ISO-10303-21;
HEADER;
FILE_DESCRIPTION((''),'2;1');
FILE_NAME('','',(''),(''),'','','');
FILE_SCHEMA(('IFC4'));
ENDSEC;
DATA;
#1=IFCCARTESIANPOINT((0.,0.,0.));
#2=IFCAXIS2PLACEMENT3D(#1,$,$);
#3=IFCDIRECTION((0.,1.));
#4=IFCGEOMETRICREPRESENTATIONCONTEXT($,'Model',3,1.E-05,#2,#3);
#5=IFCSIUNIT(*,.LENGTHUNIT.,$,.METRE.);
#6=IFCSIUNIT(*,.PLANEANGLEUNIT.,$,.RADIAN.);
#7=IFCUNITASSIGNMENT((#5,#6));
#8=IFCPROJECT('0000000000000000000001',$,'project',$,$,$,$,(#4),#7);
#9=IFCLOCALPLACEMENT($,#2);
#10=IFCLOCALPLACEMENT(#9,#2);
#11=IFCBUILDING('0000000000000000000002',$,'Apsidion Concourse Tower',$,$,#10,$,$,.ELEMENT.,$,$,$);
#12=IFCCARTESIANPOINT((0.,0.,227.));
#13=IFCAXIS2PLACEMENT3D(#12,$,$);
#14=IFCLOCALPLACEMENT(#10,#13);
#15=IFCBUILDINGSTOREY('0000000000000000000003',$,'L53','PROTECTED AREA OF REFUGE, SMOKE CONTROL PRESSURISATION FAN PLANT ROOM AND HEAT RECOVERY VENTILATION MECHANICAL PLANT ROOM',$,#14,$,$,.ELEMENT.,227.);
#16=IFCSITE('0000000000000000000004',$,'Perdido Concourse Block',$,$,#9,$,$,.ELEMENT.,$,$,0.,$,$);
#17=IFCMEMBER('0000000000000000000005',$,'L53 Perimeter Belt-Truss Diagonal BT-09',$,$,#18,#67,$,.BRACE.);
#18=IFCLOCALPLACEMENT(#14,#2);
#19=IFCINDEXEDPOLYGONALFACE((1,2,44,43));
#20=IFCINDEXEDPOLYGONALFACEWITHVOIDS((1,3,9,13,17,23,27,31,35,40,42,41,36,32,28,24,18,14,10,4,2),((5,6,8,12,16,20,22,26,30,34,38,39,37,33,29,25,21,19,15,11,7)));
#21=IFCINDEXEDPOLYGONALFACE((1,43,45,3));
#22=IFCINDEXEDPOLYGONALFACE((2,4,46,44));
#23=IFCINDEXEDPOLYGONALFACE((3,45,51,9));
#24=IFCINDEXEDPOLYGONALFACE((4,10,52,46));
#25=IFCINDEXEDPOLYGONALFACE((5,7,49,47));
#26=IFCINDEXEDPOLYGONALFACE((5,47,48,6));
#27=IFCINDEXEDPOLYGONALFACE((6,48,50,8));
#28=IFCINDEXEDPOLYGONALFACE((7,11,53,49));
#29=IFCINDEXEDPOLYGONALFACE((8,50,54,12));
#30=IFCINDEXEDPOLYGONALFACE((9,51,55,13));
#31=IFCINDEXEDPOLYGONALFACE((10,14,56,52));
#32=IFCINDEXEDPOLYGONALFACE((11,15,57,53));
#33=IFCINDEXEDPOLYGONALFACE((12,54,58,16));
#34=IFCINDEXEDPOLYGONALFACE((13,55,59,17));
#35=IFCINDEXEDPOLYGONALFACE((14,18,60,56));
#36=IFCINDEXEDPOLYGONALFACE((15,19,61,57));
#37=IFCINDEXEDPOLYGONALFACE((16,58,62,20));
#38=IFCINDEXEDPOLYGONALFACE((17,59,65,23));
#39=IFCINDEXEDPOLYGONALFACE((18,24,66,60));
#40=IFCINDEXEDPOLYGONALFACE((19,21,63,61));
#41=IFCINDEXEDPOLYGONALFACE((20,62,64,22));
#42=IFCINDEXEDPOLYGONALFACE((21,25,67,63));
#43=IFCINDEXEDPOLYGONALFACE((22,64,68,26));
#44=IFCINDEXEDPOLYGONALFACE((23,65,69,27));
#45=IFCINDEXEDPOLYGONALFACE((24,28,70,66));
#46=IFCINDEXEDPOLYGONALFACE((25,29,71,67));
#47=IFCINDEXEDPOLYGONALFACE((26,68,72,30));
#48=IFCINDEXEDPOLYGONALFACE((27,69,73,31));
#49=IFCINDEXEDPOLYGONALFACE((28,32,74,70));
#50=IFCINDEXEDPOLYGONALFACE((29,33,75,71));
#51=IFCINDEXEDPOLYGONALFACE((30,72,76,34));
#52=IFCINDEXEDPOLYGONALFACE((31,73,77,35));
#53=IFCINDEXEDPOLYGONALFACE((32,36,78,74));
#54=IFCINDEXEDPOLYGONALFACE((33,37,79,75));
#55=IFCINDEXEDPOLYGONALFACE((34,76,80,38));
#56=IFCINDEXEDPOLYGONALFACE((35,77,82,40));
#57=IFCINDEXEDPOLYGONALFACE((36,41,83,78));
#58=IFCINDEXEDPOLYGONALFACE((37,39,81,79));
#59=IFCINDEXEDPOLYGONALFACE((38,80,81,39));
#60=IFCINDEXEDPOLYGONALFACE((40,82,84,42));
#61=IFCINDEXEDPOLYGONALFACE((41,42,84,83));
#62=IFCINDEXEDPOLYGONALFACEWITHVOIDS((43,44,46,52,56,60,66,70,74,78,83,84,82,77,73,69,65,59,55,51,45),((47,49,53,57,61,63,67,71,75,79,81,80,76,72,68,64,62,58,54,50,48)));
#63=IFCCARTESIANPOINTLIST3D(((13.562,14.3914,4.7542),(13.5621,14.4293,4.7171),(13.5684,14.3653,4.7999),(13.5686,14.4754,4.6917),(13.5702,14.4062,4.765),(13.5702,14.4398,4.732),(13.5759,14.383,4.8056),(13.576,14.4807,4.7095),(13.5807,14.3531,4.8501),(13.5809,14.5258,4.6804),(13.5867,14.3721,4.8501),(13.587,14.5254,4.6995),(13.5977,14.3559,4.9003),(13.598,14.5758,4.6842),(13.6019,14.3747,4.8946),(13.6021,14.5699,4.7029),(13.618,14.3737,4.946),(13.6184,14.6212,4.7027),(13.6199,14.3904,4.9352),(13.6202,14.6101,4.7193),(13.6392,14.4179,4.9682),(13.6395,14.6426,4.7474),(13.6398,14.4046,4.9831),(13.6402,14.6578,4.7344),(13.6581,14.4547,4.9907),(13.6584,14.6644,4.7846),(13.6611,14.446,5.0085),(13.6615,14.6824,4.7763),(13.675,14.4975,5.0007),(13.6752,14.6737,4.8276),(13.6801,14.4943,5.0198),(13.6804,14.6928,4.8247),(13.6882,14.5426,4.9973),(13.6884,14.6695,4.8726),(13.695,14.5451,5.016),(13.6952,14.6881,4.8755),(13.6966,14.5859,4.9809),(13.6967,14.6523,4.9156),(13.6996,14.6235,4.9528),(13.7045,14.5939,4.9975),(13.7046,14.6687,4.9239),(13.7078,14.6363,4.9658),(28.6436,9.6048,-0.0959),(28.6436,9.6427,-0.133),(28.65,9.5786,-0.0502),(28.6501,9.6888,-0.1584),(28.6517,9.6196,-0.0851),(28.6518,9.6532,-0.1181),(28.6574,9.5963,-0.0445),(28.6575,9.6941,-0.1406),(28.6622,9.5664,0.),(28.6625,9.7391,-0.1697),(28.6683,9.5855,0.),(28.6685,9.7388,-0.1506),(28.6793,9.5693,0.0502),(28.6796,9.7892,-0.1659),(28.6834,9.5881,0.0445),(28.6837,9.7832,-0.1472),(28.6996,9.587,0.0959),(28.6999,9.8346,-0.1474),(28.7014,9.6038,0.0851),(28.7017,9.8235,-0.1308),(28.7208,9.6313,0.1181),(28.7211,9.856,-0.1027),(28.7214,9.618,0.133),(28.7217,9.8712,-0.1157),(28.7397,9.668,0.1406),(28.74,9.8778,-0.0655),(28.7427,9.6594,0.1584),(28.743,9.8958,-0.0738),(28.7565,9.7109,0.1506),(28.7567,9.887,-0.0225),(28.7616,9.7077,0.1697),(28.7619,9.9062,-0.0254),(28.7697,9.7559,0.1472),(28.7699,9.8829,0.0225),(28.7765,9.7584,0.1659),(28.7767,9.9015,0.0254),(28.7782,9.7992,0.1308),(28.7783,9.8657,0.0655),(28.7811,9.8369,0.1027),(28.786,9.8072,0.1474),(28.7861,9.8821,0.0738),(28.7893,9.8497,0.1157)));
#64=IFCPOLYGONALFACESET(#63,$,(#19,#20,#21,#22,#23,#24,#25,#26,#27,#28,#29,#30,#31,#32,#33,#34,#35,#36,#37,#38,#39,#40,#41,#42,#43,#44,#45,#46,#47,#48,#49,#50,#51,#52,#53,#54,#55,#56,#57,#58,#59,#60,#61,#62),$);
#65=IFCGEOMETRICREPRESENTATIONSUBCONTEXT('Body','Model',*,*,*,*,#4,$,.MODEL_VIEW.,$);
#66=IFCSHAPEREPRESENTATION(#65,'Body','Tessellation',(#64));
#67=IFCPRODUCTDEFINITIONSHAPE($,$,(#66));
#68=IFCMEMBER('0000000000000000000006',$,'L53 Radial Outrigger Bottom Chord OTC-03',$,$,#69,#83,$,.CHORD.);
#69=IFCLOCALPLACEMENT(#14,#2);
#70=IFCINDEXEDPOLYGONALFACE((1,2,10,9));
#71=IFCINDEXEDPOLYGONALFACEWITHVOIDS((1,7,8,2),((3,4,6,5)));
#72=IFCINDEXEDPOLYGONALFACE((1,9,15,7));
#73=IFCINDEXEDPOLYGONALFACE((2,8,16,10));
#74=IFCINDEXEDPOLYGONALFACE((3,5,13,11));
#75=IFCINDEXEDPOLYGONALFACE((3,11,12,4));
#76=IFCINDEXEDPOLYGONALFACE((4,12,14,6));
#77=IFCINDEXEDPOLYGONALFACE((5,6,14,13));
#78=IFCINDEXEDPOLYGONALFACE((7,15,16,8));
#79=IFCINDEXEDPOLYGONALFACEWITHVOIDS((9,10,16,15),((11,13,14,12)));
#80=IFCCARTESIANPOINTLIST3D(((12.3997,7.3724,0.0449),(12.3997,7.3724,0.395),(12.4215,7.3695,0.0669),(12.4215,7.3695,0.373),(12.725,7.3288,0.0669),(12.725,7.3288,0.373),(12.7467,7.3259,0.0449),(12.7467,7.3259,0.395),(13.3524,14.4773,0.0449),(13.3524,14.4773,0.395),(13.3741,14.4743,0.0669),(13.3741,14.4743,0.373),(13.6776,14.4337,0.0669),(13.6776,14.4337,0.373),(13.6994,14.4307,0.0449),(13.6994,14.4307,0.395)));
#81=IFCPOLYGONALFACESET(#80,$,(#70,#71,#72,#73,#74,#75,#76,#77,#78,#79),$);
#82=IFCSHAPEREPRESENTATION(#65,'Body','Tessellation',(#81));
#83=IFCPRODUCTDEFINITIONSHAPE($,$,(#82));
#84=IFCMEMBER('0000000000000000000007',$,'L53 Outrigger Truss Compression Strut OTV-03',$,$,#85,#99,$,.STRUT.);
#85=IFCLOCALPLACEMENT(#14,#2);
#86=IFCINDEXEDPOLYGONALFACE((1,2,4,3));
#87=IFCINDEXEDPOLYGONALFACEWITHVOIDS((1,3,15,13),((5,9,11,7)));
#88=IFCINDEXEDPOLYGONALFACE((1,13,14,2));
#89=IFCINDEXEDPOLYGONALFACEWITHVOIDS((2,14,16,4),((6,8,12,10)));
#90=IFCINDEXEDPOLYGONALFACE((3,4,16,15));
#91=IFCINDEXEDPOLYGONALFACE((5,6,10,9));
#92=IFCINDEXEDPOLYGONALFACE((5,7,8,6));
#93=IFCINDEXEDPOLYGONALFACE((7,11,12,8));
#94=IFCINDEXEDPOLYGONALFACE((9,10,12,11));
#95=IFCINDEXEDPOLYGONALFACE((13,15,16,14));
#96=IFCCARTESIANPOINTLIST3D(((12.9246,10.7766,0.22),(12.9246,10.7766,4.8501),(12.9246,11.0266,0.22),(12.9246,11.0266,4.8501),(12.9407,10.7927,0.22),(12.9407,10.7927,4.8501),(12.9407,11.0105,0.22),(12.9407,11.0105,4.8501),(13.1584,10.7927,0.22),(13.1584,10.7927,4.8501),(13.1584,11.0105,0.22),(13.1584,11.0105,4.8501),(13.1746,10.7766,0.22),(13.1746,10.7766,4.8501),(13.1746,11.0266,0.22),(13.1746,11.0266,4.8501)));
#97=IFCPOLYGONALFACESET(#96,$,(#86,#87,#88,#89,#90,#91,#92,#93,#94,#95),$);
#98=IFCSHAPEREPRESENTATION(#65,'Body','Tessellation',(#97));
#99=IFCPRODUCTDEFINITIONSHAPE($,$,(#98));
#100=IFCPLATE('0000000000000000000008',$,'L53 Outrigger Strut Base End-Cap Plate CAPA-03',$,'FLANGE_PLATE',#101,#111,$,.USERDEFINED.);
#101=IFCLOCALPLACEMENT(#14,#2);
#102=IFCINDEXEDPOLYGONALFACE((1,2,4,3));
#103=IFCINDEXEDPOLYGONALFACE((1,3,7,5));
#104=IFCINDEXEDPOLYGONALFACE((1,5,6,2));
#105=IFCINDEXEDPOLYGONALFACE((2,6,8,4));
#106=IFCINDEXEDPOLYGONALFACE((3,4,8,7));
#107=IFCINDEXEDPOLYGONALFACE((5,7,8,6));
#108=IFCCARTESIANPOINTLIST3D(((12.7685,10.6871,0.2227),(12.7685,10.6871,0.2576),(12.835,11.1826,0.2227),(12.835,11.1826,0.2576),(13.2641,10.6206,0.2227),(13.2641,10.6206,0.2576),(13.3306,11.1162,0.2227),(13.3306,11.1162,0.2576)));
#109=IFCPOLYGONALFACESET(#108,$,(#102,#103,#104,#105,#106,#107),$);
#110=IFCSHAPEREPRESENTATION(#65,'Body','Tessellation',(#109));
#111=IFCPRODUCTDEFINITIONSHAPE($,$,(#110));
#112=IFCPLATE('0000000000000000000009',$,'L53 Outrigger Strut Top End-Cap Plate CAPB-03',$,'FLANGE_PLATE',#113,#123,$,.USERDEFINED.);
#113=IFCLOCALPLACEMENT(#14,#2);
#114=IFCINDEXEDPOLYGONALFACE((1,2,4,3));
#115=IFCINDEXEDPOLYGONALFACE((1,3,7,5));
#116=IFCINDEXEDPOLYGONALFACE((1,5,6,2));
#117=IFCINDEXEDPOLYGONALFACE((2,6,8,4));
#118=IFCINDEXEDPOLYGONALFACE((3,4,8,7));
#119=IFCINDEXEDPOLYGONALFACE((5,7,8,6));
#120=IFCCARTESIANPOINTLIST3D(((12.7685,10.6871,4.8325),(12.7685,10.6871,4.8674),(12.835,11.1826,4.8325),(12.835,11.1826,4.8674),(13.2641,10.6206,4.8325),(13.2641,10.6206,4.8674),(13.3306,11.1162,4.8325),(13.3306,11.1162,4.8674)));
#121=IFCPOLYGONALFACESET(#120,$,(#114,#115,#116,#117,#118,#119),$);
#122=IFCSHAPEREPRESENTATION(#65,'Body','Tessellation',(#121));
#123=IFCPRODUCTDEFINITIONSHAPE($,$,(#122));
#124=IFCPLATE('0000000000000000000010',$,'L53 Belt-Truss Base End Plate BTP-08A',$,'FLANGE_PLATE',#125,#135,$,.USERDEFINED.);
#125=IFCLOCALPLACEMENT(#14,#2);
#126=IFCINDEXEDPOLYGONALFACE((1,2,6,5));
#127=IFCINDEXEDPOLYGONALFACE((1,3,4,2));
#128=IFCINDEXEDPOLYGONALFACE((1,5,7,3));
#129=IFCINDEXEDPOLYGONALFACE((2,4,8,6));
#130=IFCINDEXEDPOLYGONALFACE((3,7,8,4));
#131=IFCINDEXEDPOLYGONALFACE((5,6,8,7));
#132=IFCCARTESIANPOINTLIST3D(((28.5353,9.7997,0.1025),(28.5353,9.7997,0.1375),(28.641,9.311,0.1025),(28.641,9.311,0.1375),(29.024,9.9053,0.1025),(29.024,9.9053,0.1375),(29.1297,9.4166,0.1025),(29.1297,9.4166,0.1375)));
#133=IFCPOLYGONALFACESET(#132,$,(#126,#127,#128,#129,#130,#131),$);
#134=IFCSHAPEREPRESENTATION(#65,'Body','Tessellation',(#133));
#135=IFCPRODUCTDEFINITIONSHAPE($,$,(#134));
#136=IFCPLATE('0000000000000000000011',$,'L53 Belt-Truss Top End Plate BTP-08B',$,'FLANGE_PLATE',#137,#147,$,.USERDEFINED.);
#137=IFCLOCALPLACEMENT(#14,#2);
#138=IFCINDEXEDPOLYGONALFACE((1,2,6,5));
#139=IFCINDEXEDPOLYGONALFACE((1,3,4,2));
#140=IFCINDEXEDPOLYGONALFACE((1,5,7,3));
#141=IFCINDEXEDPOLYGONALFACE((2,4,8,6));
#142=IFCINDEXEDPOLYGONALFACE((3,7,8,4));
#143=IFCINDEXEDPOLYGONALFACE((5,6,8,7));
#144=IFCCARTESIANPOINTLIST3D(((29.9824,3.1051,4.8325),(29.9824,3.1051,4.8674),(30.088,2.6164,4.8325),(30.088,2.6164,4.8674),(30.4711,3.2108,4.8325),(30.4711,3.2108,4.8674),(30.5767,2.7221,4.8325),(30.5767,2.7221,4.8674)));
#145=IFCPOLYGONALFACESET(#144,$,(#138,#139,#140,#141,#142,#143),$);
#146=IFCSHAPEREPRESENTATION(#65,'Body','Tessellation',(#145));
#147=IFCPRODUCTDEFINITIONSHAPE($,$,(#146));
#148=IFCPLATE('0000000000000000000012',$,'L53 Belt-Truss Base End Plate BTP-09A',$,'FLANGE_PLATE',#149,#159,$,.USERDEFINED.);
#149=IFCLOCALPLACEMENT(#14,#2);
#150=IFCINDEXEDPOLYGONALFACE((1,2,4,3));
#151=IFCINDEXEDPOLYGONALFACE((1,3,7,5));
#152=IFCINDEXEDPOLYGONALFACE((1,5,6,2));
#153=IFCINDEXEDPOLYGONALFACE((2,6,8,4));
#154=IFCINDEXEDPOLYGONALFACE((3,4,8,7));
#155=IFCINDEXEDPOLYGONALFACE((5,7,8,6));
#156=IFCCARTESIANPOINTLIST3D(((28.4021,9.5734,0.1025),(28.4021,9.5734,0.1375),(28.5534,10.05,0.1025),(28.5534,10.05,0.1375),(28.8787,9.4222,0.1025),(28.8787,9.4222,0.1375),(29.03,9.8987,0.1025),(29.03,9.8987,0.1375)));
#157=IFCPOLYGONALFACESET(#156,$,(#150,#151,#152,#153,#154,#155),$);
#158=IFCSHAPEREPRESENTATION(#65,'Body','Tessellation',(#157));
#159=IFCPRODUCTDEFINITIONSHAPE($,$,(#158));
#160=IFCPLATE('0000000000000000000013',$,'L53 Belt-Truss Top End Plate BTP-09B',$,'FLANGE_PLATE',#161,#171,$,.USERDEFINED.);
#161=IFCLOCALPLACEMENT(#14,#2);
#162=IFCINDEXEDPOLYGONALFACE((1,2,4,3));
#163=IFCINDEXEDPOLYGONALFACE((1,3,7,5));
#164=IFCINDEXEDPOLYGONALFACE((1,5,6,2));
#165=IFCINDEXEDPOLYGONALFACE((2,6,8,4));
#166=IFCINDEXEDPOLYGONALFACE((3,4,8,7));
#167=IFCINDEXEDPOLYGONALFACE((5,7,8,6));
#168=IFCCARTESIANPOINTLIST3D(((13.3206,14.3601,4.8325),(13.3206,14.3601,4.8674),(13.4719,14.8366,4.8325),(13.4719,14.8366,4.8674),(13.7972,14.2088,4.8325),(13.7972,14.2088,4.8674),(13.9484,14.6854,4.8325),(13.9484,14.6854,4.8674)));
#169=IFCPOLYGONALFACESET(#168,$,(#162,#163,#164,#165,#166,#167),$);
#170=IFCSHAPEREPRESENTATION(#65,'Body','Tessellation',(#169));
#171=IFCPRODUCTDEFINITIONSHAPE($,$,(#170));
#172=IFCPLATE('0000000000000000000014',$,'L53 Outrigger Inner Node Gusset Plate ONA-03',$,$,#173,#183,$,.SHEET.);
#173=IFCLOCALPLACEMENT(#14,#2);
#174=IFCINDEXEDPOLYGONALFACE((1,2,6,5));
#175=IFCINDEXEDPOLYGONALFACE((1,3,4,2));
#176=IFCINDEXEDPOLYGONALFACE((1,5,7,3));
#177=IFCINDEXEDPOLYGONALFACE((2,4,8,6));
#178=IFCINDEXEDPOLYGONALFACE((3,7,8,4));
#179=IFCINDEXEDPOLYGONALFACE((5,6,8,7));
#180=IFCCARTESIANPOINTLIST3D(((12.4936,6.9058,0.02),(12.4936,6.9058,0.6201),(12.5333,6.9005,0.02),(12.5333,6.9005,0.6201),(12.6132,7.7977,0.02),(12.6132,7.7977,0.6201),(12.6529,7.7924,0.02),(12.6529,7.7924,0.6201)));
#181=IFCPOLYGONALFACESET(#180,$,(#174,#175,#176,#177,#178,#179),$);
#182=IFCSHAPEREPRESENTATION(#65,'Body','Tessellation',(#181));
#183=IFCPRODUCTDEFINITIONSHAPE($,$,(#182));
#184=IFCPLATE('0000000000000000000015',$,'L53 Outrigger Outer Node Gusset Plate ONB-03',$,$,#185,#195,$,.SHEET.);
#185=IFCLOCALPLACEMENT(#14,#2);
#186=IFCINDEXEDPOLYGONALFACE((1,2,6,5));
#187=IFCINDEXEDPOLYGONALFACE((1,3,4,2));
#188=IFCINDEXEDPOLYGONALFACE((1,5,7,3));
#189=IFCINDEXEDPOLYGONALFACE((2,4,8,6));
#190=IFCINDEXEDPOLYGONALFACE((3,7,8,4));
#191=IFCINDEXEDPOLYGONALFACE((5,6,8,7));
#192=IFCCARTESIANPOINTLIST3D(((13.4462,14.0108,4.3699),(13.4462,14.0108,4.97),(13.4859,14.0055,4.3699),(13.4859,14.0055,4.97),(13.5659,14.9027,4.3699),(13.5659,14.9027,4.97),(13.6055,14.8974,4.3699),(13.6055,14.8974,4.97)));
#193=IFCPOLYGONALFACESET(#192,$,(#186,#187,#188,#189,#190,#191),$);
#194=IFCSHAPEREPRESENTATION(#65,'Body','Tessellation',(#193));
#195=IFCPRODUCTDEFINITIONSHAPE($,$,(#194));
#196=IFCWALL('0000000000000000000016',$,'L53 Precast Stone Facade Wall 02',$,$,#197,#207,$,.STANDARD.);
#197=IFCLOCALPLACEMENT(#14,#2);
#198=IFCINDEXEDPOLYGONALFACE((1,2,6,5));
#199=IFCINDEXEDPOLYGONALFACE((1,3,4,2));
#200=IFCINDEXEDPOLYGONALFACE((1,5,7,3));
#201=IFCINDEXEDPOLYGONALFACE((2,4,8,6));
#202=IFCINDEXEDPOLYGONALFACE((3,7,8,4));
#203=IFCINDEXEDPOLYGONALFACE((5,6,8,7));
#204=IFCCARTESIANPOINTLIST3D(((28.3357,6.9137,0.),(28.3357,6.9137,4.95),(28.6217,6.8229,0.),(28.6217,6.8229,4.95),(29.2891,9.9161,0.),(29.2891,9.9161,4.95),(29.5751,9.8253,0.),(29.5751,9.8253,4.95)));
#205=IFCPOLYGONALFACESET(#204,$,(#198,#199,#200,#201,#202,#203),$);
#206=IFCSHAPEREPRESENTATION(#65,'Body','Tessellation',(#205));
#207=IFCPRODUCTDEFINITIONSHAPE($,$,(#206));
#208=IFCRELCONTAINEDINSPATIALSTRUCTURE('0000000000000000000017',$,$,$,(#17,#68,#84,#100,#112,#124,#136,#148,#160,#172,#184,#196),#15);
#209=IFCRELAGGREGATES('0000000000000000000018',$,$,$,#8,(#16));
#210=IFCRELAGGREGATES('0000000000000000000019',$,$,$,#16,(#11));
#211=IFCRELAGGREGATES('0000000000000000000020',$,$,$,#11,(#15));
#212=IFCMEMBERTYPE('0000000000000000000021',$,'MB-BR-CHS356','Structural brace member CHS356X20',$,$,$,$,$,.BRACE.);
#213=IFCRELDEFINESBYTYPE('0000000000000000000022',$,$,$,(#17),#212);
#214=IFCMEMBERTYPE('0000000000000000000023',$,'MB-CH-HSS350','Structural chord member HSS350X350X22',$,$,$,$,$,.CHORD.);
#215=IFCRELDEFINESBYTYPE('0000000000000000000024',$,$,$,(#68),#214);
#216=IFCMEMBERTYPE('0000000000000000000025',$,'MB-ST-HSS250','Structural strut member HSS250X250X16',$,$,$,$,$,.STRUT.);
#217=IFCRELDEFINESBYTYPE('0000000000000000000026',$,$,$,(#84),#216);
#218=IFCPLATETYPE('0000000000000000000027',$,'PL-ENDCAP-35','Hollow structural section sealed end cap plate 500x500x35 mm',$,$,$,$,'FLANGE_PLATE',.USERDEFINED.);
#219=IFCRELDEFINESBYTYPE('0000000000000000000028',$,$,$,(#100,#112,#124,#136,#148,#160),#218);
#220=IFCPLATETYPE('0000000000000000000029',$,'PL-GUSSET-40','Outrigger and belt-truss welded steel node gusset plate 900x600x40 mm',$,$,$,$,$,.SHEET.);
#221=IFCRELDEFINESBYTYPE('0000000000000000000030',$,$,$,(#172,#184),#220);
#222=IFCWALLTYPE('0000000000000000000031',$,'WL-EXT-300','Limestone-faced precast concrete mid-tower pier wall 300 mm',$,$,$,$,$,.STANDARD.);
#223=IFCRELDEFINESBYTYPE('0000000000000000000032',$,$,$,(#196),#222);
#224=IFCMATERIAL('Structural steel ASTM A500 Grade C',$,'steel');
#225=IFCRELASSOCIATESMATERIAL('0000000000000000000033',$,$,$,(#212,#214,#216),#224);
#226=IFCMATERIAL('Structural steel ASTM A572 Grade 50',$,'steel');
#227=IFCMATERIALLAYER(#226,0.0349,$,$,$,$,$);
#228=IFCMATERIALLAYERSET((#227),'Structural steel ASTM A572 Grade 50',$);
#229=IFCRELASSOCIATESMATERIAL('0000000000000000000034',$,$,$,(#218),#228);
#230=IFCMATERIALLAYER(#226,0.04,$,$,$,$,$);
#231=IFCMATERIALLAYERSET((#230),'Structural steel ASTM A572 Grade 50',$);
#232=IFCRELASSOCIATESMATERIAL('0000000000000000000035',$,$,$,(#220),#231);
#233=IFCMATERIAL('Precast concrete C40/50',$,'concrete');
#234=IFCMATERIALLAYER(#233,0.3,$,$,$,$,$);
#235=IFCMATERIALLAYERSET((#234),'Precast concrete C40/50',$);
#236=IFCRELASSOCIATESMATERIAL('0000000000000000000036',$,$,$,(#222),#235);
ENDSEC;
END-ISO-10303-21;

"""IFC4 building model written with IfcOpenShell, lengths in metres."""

from ifc_helpers import new_model, si_unit, direction, frame, frame_2d, origin, origin_2d, place, context, subcontext, project, spatial, rectangle, hollow_rectangle, hollow_circle, extrude, material, layer, layer_set, material_profile, profile_set, type_object, element, save


model = new_model("IFC4")

# Units and contexts
model_context = context("Model", 3, precision=1e-05, world=origin(), true_north=direction((0.0, 1.0)))
body_context = subcontext(model_context, "Body", "Model", "MODEL_VIEW")
ifc_project = project(units=[si_unit("LENGTHUNIT", "METRE"), si_unit("PLANEANGLEUNIT", "RADIAN")], contexts=[model_context])

# Site, building, storey
site_placement = place(None, origin())
site = spatial("IfcSite", under=ifc_project, at=site_placement, Name="Perdido Concourse Block", CompositionType="ELEMENT", RefElevation=0.0)
building_placement = place(site_placement, origin())
building = spatial("IfcBuilding", under=site, at=building_placement, Name="Apsidion Concourse Tower", CompositionType="ELEMENT")
storey_placement = place(building_placement, frame((0.0, 0.0, 227.0)))
storey = spatial("IfcBuildingStorey", under=building, at=storey_placement, Name="L53", Description="PROTECTED AREA OF REFUGE, SMOKE CONTROL PRESSURISATION FAN PLANT ROOM AND HEAT RECOVERY VENTILATION MECHANICAL PLANT ROOM", CompositionType="ELEMENT", Elevation=227.0)

# Members
ifc_material_1 = material(Name="Structural steel ASTM A500 Grade C", Category="steel")
ifc_material_profile_1 = material_profile(ifc_material_1, hollow_circle(Radius=0.178, WallThickness=0.02, at=origin_2d()), Name="CHS356X20")
ifc_profile_set_1 = profile_set([ifc_material_profile_1], Name="Structural steel ASTM A500 Grade C")
member_type_1 = type_object("IfcMemberType", Name="MB-BR-CHS356", Description="Structural brace member CHS356X20", PredefinedType="BRACE", material=ifc_profile_set_1)
member_1_placement = place(storey_placement, frame((28.7161, 9.7361, 0.0), z_axis=(-0.911295, 0.289229, 0.293065), x_axis=(-0.302512, -0.953146, 0.0)))
element("IfcMember", 1, at=member_1_placement, inside=storey, type_object=member_type_1, Name="L53 Perimeter Belt-Truss Diagonal BT-09", PredefinedType="BRACE", context=body_context, shape_type="SweptSolid", body=[
    extrude(hollow_circle(Radius=0.178, WallThickness=0.02, at=origin_2d()), origin(), (0.0, 0.0, 1.0), 16.5496),
])
ifc_material_profile_2 = material_profile(ifc_material_1, hollow_rectangle(XDim=0.3501, YDim=0.3501, WallThickness=0.022, at=origin_2d()), Name="HSS350X350X22")
ifc_profile_set_2 = profile_set([ifc_material_profile_2], Name="Structural steel ASTM A500 Grade C")
member_type_2 = type_object("IfcMemberType", Name="MB-CH-HSS350", Description="Structural chord member HSS350X350X22", PredefinedType="CHORD", material=ifc_profile_set_2)
member_2_placement = place(storey_placement, frame((12.5732, 7.3491, 0.22), z_axis=(0.132891, 0.991131, 0.0), x_axis=(-0.991131, 0.132891, 0.0)))
element("IfcMember", 2, at=member_2_placement, inside=storey, type_object=member_type_2, Name="L53 Radial Outrigger Bottom Chord OTC-03", PredefinedType="CHORD", context=body_context, shape_type="SweptSolid", body=[
    extrude(hollow_rectangle(XDim=0.3501, YDim=0.3501, WallThickness=0.022, at=origin_2d()), origin(), (0.0, 0.0, 1.0), 7.1685),
])
ifc_material_profile_3 = material_profile(ifc_material_1, hollow_rectangle(XDim=0.25, YDim=0.25, WallThickness=0.0161, at=origin_2d()), Name="HSS250X250X16")
ifc_profile_set_3 = profile_set([ifc_material_profile_3], Name="Structural steel ASTM A500 Grade C")
member_type_3 = type_object("IfcMemberType", Name="MB-ST-HSS250", Description="Structural strut member HSS250X250X16", PredefinedType="STRUT", material=ifc_profile_set_3)
member_3_placement = place(storey_placement, frame((13.0496, 10.9016, 0.22), z_axis=(0.0, 0.0, 1.0), x_axis=(1.0, 0.0, 0.0)))
element("IfcMember", 3, at=member_3_placement, inside=storey, type_object=member_type_3, Name="L53 Outrigger Truss Compression Strut OTV-03", PredefinedType="STRUT", context=body_context, shape_type="SweptSolid", body=[
    extrude(hollow_rectangle(XDim=0.25, YDim=0.25, WallThickness=0.0161, at=origin_2d()), origin(), (0.0, 0.0, 1.0), 4.6301),
])

# Plates
ifc_material_2 = material(Name="Structural steel ASTM A572 Grade 50", Category="steel")
ifc_layer_1 = layer(ifc_material_2, 0.0349)
ifc_layer_set_1 = layer_set([ifc_layer_1], Name="Structural steel ASTM A572 Grade 50")
plate_type_1 = type_object("IfcPlateType", Name="PL-ENDCAP-35", Description="Hollow structural section sealed end cap plate 500x500x35 mm", ElementType="FLANGE_PLATE", PredefinedType="USERDEFINED", material=ifc_layer_set_1)
for number, where, z_axis, x_axis, name in (
    (4, (13.0496, 10.9016, 0.2227), (0.0, 0.0, 1.0), (0.132948, 0.991123, 0.0), "L53 Outrigger Strut Base End-Cap Plate CAPA-03"),
    (5, (13.0496, 10.9016, 4.8325), (0.0, 0.0, 1.0), (0.132948, 0.991123, 0.0), "L53 Outrigger Strut Top End-Cap Plate CAPB-03"),
    (6, (28.8325, 9.6082, 0.1025), (0.0, 0.0, 1.0), (-0.211325, 0.977416, 0.0), "L53 Belt-Truss Base End Plate BTP-08A"),
    (7, (30.2795, 2.9136, 4.8325), (0.0, 0.0, 1.0), (-0.211325, 0.977416, 0.0), "L53 Belt-Truss Top End Plate BTP-08B"),
    (8, (28.7161, 9.7361, 0.1025), (0.0, 0.0, 1.0), (-0.953138, 0.302536, 0.0), "L53 Belt-Truss Base End Plate BTP-09A"),
    (9, (13.6345, 14.5227, 4.8325), (0.0, 0.0, 1.0), (-0.953138, 0.302536, 0.0), "L53 Belt-Truss Top End Plate BTP-09B"),
):
    element("IfcPlate", number, at=place(storey_placement, frame(where, z_axis=z_axis, x_axis=x_axis)), inside=storey, type_object=plate_type_1, Name=name, ObjectType="FLANGE_PLATE", PredefinedType="USERDEFINED", context=body_context, shape_type="SweptSolid", body=[
        extrude(rectangle(XDim=0.5, YDim=0.5, at=origin_2d()), origin(), (0.0, 0.0, 1.0), 0.0349),
    ])
ifc_layer_2 = layer(ifc_material_2, 0.04)
ifc_layer_set_2 = layer_set([ifc_layer_2], Name="Structural steel ASTM A572 Grade 50")
plate_type_2 = type_object("IfcPlateType", Name="PL-GUSSET-40", Description="Outrigger and belt-truss welded steel node gusset plate 900x600x40 mm", PredefinedType="SHEET", material=ifc_layer_set_2)
for number, where, z_axis, x_axis, name in (
    (10, (12.5732, 7.3491, 0.02), (0.0, 0.0, 1.0), (0.132948, 0.991123, 0.0), "L53 Outrigger Inner Node Gusset Plate ONA-03"),
    (11, (13.5259, 14.4541, 4.3699), (0.0, 0.0, 1.0), (0.132948, 0.991123, 0.0), "L53 Outrigger Outer Node Gusset Plate ONB-03"),
):
    element("IfcPlate", number, at=place(storey_placement, frame(where, z_axis=z_axis, x_axis=x_axis)), inside=storey, type_object=plate_type_2, Name=name, PredefinedType="SHEET", context=body_context, shape_type="SweptSolid", body=[
        extrude(rectangle(XDim=0.8999, YDim=0.04, at=origin_2d()), origin(), (0.0, 0.0, 1.0), 0.6001),
    ])

# Wall
ifc_material_3 = material(Name="Precast concrete C40/50", Category="concrete")
ifc_layer_3 = layer(ifc_material_3, 0.3)
ifc_layer_set_3 = layer_set([ifc_layer_3], Name="Precast concrete C40/50")
wall_type_1 = type_object("IfcWallType", Name="WL-EXT-300", Description="Limestone-faced precast concrete mid-tower pier wall 300 mm", PredefinedType="STANDARD", material=ifc_layer_set_3)
wall_1_placement = place(storey_placement, frame((29.4321, 9.8708, 0.0), z_axis=(0.0, 0.0, 1.0), x_axis=(-0.302641, -0.953105, 0.0)))
element("IfcWall", 12, at=wall_1_placement, inside=storey, type_object=wall_type_1, Name="L53 Precast Stone Facade Wall 02", PredefinedType="STANDARD", context=body_context, shape_type="SweptSolid", body=[
    extrude(rectangle(XDim=3.1501, YDim=0.3, at=frame_2d((1.5752, 0.0))), origin(), (0.0, 0.0, 1.0), 4.95),
])

save(model, "model.ifc")
